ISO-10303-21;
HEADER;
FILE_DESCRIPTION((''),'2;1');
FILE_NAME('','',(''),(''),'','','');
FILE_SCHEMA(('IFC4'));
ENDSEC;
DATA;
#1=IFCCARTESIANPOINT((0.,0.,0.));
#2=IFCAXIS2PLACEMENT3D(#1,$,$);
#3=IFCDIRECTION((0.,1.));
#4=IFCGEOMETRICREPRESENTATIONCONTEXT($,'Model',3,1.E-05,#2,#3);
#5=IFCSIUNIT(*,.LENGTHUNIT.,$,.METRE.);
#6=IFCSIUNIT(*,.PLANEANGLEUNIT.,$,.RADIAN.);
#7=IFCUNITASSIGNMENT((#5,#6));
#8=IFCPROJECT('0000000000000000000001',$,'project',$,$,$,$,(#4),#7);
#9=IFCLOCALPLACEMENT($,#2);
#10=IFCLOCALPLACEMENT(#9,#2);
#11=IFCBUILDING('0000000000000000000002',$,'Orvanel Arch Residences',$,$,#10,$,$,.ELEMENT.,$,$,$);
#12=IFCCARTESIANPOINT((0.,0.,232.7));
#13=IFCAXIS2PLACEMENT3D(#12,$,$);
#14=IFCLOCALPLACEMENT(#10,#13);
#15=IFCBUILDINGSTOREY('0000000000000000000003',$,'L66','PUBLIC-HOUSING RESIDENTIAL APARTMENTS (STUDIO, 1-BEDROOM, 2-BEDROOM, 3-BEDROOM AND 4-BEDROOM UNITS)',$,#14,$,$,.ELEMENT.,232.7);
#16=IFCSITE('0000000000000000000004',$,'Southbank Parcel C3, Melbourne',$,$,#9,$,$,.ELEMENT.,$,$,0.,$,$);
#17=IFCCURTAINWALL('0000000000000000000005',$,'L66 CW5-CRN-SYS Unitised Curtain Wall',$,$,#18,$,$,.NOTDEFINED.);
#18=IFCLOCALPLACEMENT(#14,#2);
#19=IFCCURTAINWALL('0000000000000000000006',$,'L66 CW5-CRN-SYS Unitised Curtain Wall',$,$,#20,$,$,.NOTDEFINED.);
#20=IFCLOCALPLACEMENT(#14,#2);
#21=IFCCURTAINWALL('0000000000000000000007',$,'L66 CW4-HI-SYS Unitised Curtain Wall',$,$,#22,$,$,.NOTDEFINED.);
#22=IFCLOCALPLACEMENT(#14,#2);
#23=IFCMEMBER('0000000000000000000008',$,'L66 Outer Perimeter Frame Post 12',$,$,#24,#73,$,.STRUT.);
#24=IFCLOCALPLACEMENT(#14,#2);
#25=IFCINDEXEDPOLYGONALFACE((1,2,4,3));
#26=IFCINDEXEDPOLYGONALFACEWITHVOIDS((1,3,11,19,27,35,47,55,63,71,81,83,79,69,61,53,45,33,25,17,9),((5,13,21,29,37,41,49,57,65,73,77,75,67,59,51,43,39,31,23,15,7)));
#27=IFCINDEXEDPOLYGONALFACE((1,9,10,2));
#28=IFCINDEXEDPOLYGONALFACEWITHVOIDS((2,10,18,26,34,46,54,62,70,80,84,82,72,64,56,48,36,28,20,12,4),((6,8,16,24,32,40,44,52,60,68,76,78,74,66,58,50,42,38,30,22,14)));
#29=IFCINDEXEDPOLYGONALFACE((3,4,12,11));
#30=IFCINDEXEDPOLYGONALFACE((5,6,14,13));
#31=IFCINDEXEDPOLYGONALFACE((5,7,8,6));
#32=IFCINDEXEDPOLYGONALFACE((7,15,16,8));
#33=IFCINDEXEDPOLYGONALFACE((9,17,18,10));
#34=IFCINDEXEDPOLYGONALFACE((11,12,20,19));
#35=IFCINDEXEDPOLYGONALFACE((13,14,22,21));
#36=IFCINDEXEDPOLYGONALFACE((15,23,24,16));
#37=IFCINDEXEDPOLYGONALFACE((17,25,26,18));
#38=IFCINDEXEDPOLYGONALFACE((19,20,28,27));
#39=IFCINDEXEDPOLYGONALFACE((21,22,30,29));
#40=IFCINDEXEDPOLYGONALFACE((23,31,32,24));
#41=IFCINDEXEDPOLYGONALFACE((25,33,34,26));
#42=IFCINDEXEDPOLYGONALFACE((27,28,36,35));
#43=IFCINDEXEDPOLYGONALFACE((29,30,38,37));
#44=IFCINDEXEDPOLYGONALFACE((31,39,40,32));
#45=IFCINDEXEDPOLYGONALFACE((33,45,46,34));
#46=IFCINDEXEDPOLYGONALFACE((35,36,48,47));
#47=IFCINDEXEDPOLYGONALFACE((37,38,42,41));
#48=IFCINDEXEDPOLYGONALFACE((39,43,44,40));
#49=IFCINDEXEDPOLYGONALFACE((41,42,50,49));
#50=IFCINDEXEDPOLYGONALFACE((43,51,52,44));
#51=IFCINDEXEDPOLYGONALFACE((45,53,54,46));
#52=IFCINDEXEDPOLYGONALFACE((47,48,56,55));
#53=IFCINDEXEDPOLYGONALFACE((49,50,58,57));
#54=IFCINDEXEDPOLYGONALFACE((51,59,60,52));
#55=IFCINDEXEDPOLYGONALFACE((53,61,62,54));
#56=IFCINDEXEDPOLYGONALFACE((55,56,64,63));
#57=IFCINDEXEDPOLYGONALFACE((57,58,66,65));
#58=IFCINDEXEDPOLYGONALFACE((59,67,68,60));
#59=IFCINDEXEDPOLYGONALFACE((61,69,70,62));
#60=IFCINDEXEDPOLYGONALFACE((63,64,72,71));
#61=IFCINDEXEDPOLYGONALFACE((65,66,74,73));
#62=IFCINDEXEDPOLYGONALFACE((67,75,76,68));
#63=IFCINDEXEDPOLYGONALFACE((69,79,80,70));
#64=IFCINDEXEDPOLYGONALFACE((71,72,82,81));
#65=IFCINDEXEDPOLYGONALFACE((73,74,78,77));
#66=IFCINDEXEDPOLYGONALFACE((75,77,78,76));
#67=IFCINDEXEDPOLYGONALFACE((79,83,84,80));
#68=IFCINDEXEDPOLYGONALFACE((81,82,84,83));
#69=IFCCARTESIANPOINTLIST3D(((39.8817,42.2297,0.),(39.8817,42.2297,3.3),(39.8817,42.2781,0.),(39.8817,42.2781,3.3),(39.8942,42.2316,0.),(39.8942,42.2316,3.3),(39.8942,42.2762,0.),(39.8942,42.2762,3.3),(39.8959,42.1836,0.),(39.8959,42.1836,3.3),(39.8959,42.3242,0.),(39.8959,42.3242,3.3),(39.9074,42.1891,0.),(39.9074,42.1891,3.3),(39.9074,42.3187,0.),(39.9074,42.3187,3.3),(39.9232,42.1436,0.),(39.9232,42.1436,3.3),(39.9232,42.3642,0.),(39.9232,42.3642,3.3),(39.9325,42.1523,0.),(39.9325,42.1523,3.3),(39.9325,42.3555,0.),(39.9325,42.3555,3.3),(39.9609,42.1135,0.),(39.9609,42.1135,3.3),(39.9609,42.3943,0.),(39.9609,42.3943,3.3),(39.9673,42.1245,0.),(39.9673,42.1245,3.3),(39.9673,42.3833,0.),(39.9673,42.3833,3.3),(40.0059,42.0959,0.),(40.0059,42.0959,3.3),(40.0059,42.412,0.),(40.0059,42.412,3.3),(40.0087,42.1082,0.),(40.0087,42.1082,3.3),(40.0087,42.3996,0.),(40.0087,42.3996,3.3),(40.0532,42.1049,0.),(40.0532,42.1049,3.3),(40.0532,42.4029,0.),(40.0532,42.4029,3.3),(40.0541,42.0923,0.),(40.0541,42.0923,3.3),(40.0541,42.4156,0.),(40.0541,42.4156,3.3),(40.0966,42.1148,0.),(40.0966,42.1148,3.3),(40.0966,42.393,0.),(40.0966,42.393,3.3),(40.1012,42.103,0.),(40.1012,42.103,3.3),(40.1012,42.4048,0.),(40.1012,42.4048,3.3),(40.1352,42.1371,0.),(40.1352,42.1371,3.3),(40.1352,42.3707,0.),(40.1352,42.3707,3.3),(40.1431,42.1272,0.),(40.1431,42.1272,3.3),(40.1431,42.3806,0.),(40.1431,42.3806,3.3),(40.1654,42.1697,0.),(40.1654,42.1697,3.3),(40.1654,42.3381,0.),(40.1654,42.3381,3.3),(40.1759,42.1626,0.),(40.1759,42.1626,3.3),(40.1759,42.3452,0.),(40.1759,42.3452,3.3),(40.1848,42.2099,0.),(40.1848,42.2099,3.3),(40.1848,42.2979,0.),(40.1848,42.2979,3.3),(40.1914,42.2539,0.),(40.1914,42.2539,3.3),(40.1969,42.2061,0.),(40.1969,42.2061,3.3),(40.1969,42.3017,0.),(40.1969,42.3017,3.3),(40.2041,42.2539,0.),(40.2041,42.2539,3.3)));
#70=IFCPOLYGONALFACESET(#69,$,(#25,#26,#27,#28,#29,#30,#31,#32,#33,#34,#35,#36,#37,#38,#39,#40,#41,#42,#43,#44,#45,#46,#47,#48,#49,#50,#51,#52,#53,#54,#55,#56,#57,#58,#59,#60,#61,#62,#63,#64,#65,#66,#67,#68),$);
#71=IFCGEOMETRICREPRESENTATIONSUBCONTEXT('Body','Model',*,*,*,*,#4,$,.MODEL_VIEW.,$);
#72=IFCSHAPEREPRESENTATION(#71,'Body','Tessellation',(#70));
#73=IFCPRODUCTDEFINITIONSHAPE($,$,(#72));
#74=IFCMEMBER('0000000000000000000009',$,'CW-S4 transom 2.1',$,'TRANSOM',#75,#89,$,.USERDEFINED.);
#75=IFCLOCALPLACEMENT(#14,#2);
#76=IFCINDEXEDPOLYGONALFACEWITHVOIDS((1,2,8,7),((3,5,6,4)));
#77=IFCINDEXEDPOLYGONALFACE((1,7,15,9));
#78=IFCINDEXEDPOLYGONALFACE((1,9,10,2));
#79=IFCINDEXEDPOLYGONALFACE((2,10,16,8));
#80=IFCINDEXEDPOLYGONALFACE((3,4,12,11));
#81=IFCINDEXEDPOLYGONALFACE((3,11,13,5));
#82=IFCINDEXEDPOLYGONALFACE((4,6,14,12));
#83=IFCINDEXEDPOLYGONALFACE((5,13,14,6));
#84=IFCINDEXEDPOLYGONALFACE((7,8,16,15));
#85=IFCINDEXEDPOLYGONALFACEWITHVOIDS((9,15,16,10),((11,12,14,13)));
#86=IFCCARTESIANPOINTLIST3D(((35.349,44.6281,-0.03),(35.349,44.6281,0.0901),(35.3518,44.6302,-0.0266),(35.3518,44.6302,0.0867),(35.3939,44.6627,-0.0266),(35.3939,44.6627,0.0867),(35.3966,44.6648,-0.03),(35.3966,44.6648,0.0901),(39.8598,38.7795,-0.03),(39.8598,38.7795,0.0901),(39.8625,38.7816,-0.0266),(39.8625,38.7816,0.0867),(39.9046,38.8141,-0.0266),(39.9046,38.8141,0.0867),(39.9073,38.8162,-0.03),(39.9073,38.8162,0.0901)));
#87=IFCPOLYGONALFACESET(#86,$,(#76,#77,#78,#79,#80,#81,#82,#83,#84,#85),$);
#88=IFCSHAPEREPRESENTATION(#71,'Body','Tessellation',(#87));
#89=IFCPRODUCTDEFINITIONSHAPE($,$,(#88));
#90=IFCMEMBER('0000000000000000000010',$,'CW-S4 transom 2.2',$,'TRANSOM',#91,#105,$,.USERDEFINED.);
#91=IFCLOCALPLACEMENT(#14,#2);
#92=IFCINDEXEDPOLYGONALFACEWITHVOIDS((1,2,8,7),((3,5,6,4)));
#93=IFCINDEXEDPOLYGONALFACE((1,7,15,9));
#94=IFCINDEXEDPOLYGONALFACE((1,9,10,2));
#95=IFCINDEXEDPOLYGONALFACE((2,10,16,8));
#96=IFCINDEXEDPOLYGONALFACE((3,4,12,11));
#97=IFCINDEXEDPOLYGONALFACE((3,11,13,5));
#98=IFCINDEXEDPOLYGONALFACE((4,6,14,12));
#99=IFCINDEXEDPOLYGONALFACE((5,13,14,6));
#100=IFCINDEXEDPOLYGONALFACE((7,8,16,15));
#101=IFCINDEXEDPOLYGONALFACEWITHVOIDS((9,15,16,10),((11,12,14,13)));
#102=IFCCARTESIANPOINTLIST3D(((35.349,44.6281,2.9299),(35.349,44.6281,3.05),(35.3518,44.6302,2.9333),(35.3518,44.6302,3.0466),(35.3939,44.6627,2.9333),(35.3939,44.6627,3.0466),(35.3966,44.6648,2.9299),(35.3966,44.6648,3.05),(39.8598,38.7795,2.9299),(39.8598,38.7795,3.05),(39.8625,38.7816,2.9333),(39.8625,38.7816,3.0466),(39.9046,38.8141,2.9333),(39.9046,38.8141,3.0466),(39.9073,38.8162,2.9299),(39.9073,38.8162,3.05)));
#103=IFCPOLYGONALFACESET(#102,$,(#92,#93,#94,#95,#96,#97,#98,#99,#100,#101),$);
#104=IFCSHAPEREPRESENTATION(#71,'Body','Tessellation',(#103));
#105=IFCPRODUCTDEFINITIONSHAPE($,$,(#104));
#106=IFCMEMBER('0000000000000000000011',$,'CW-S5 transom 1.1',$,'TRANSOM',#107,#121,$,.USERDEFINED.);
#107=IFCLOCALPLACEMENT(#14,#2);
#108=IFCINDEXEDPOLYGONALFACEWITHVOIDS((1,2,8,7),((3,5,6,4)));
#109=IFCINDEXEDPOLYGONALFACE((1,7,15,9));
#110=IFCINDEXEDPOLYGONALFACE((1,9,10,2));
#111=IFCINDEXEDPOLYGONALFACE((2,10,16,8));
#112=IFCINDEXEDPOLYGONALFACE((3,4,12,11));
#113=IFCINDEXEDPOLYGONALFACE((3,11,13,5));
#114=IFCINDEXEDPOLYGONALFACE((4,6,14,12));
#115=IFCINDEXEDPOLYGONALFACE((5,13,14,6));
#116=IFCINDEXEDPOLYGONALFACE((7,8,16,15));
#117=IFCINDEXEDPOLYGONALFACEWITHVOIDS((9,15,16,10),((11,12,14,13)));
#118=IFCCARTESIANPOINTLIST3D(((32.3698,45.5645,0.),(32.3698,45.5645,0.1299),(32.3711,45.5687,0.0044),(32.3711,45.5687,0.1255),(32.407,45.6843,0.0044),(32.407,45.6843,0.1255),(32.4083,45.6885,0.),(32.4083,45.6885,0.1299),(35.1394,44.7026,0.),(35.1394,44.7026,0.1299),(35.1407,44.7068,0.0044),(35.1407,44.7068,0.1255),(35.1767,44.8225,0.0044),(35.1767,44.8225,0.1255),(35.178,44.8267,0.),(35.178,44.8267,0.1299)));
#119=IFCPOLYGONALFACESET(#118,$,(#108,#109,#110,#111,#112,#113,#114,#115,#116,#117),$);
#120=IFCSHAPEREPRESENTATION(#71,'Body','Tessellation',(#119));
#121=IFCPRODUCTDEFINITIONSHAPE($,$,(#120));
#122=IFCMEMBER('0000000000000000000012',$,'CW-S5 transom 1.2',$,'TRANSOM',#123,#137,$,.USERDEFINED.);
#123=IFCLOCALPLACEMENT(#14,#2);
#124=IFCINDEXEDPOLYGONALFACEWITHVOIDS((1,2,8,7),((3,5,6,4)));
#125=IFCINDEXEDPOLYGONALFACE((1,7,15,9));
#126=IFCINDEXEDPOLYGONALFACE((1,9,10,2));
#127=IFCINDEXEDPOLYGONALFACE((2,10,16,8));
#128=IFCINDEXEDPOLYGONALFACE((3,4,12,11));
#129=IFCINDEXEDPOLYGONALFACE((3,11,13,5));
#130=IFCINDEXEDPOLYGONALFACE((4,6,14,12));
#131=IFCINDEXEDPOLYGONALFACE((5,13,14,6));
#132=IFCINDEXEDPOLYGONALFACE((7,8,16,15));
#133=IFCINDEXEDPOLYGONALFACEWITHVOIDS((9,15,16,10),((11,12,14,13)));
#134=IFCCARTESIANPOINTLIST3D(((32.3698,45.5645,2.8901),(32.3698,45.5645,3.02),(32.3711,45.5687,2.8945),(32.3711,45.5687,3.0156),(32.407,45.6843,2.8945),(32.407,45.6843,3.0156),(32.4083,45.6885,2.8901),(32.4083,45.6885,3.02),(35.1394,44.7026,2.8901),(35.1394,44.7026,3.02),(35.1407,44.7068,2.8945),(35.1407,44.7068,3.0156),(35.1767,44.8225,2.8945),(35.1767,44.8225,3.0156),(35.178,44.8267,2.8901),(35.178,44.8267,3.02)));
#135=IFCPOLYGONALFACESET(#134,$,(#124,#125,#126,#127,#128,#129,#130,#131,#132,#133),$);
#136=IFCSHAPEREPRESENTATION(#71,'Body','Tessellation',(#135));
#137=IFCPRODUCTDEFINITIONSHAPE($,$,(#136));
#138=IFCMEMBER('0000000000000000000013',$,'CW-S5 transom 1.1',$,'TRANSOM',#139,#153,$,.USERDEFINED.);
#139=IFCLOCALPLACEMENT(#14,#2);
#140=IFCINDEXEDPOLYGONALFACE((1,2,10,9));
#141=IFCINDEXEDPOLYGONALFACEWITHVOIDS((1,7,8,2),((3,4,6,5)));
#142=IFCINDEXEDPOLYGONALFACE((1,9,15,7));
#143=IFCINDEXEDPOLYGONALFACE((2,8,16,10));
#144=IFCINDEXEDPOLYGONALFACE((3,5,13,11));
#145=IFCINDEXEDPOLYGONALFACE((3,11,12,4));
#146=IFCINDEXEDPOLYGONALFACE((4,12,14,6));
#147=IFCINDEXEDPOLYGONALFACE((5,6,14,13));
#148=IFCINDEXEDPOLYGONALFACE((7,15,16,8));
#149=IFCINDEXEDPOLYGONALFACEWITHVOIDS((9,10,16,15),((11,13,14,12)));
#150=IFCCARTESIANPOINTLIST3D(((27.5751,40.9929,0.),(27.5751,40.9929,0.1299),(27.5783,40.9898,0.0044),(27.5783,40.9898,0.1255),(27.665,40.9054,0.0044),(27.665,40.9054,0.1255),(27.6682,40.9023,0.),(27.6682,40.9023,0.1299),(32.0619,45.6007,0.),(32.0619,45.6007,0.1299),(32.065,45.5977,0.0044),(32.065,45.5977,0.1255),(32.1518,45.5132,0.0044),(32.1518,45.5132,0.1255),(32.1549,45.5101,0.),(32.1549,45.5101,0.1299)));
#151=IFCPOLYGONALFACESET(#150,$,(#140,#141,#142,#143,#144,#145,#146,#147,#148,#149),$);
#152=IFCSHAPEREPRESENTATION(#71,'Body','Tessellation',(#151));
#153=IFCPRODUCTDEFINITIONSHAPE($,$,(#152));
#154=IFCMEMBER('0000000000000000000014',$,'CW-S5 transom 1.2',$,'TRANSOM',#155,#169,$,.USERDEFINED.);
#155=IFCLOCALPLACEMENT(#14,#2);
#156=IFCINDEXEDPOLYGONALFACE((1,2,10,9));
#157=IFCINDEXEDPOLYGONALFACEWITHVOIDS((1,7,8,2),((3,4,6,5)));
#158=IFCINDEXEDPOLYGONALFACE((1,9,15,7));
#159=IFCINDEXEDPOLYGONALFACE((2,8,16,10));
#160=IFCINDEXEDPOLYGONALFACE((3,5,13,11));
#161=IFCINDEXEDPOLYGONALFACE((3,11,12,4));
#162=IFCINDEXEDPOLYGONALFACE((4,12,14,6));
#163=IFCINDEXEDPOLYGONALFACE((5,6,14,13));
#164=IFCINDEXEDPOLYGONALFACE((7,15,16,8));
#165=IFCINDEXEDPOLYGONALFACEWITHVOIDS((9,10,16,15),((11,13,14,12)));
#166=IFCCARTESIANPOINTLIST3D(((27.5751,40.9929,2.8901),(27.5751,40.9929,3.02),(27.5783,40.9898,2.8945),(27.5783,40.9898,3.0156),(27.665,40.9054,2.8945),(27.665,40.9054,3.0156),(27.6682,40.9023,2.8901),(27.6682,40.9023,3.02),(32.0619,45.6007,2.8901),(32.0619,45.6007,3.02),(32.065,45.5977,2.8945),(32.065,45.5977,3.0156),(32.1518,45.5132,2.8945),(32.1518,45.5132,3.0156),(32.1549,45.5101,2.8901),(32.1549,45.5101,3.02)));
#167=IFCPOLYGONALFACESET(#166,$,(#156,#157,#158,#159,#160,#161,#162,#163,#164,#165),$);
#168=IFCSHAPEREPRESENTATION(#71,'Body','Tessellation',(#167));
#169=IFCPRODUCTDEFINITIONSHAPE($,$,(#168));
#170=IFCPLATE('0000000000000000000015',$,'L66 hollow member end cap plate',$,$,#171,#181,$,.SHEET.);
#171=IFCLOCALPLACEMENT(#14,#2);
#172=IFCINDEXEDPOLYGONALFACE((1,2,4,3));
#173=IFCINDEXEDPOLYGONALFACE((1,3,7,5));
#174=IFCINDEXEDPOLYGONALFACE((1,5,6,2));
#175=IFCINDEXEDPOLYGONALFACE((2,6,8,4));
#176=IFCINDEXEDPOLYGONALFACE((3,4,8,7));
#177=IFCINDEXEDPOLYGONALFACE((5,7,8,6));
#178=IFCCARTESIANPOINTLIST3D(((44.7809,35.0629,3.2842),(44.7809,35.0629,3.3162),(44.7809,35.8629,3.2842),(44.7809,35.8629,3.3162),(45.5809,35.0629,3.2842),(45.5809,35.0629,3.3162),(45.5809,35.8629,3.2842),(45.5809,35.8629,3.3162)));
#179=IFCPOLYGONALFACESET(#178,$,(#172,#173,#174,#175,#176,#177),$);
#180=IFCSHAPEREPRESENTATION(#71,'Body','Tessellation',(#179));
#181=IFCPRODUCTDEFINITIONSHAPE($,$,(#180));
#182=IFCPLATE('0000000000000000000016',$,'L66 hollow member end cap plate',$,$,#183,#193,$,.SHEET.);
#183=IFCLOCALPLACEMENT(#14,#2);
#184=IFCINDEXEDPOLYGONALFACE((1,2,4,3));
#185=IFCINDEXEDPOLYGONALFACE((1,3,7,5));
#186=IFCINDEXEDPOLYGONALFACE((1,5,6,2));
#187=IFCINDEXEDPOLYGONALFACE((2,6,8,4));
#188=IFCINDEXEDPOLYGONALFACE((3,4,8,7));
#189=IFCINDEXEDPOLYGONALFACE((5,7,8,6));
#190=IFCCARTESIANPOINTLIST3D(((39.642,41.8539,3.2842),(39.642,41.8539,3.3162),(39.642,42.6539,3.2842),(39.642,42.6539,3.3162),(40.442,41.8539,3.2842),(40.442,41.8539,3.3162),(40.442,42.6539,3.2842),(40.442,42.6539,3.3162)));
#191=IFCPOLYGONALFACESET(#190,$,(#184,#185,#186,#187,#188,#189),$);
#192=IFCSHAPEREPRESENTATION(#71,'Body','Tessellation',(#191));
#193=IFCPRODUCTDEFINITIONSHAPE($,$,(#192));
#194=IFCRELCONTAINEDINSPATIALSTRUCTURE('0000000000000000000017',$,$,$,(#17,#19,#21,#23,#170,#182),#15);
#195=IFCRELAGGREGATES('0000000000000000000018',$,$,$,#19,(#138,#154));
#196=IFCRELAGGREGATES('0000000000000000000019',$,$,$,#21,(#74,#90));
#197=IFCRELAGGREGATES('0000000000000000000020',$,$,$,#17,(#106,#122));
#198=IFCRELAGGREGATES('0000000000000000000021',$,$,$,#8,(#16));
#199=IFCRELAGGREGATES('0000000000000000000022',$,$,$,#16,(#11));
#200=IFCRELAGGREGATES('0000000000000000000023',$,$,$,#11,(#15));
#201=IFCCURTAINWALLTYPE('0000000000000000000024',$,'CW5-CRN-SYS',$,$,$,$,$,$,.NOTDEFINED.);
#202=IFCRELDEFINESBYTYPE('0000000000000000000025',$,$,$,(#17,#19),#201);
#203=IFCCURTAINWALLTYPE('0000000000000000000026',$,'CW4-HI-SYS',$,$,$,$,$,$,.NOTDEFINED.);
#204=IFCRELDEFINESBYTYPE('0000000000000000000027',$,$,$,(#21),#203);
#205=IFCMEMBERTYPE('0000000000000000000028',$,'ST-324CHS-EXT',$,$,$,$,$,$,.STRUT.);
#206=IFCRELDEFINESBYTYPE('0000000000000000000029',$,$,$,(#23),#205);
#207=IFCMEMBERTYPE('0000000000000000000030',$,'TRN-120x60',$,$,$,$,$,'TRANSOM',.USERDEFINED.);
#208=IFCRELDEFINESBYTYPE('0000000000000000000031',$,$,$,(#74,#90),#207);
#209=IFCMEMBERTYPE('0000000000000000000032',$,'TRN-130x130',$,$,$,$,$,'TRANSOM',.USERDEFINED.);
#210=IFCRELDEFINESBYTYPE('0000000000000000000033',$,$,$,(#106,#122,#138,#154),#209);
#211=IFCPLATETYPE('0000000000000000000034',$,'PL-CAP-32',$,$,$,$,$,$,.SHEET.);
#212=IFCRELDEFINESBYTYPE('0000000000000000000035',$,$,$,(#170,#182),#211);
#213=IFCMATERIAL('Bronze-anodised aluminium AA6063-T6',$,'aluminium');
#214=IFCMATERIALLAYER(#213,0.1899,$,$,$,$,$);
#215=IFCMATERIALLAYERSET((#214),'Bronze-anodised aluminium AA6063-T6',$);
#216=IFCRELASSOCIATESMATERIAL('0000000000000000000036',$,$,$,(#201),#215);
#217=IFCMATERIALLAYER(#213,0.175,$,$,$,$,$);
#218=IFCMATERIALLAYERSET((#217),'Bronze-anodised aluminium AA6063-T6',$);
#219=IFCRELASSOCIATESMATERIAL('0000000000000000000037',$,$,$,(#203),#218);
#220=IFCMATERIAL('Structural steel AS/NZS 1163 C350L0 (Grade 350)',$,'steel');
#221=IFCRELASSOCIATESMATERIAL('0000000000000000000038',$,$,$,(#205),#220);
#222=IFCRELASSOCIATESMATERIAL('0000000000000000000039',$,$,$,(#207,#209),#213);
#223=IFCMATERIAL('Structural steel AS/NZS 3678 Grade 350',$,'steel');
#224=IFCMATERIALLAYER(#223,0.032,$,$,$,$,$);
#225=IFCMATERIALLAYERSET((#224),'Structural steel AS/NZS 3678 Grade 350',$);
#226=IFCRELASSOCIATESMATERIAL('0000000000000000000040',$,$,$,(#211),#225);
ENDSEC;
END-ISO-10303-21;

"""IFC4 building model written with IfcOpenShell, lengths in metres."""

from ifc_helpers import new_model, si_unit, direction, frame, origin, origin_2d, place, context, subcontext, project, spatial, rectangle, hollow_rectangle, hollow_circle, extrude, material, layer, layer_set, material_profile, profile_set, type_object, element, aggregate, save


model = new_model("IFC4")

# Units and contexts
model_context = context("Model", 3, precision=1e-05, world=origin(), true_north=direction((0.0, 1.0)))
body_context = subcontext(model_context, "Body", "Model", "MODEL_VIEW")
ifc_project = project(units=[si_unit("LENGTHUNIT", "METRE"), si_unit("PLANEANGLEUNIT", "RADIAN")], contexts=[model_context])

# Site, building, storey
site_placement = place(None, origin())
site = spatial("IfcSite", under=ifc_project, at=site_placement, Name="Southbank Parcel C3, Melbourne", CompositionType="ELEMENT", RefElevation=0.0)
building_placement = place(site_placement, origin())
building = spatial("IfcBuilding", under=site, at=building_placement, Name="Orvanel Arch Residences", CompositionType="ELEMENT")
storey_placement = place(building_placement, frame((0.0, 0.0, 232.7)))
storey = spatial("IfcBuildingStorey", under=building, at=storey_placement, Name="L66", Description="PUBLIC-HOUSING RESIDENTIAL APARTMENTS (STUDIO, 1-BEDROOM, 2-BEDROOM, 3-BEDROOM AND 4-BEDROOM UNITS)", CompositionType="ELEMENT", Elevation=232.7)

# Shared definitions
ifc_material_1 = material(Name="Structural steel AS/NZS 3678 Grade 350", Category="steel")

# Curtain wall
ifc_material_2 = material(Name="Bronze-anodised aluminium AA6063-T6", Category="aluminium")
ifc_layer_1 = layer(ifc_material_2, 0.1899)
ifc_layer_set_1 = layer_set([ifc_layer_1], Name="Bronze-anodised aluminium AA6063-T6")
curtain_wall_type_1 = type_object("IfcCurtainWallType", Name="CW5-CRN-SYS", PredefinedType="NOTDEFINED", material=ifc_layer_set_1)
curtain_wall_1_placement = place(storey_placement, origin())
curtain_wall_1 = element("IfcCurtainWall", 1, at=curtain_wall_1_placement, inside=storey, type_object=curtain_wall_type_1, Name="L66 CW5-CRN-SYS Unitised Curtain Wall", PredefinedType="NOTDEFINED")

# Curtain wall
curtain_wall_2_placement = place(storey_placement, origin())
curtain_wall_2 = element("IfcCurtainWall", 2, at=curtain_wall_2_placement, inside=storey, type_object=curtain_wall_type_1, Name="L66 CW5-CRN-SYS Unitised Curtain Wall", PredefinedType="NOTDEFINED")

# Curtain wall
ifc_layer_2 = layer(ifc_material_2, 0.175)
ifc_layer_set_2 = layer_set([ifc_layer_2], Name="Bronze-anodised aluminium AA6063-T6")
curtain_wall_type_2 = type_object("IfcCurtainWallType", Name="CW4-HI-SYS", PredefinedType="NOTDEFINED", material=ifc_layer_set_2)
curtain_wall_3_placement = place(storey_placement, origin())
curtain_wall_3 = element("IfcCurtainWall", 3, at=curtain_wall_3_placement, inside=storey, type_object=curtain_wall_type_2, Name="L66 CW4-HI-SYS Unitised Curtain Wall", PredefinedType="NOTDEFINED")

# Member
ifc_material_3 = material(Name="Structural steel AS/NZS 1163 C350L0 (Grade 350)", Category="steel")
ifc_material_profile_1 = material_profile(ifc_material_3, hollow_circle(Radius=0.1621, WallThickness=0.0127, at=origin_2d()), Name="CHS324x12.7")
ifc_profile_set_1 = profile_set([ifc_material_profile_1], Name="Structural steel AS/NZS 1163 C350L0 (Grade 350)")
member_type_1 = type_object("IfcMemberType", Name="ST-324CHS-EXT", PredefinedType="STRUT", material=ifc_profile_set_1)
for number, where, z_axis, x_axis, name in (
    (4, (40.042, 42.2539, 0.0), (0.0, 0.0, 1.0), (1.0, 0.0, 0.0), "L66 Outer Perimeter Frame Post 12"),
):
    element("IfcMember", number, at=place(storey_placement, frame(where, z_axis=z_axis, x_axis=x_axis)), inside=storey, type_object=member_type_1, Name=name, PredefinedType="STRUT", context=body_context, shape_type="SweptSolid", body=[
        extrude(hollow_circle(Radius=0.1621, WallThickness=0.0127, at=origin_2d()), origin(), (0.0, 0.0, 1.0), 3.3),
    ])

# Members
ifc_material_profile_2 = material_profile(ifc_material_2, hollow_rectangle(XDim=0.0601, YDim=0.1201, WallThickness=0.0034, at=origin_2d()), Name="ALU120x60x3.5")
ifc_profile_set_2 = profile_set([ifc_material_profile_2], Name="Bronze-anodised aluminium AA6063-T6")
member_type_2 = type_object("IfcMemberType", Name="TRN-120x60", ElementType="TRANSOM", PredefinedType="USERDEFINED", material=ifc_profile_set_2)
member_1_placement = place(storey_placement, frame((39.8835, 38.7979, 0.03), z_axis=(-0.610713, 0.791852, 0.0), x_axis=(-0.791852, -0.610713, 0.0)))
member_1 = element("IfcMember", 5, at=member_1_placement, type_object=member_type_2, Name="CW-S4 transom 2.1", ObjectType="TRANSOM", PredefinedType="USERDEFINED", context=body_context, shape_type="SweptSolid", body=[
    extrude(hollow_rectangle(XDim=0.0601, YDim=0.1201, WallThickness=0.0034, at=origin_2d()), origin(), (0.0, 0.0, 1.0), 7.386),
])
member_2_placement = place(storey_placement, frame((39.8835, 38.7979, 2.99), z_axis=(-0.610713, 0.791852, 0.0), x_axis=(-0.791852, -0.610713, 0.0)))
member_2 = element("IfcMember", 6, at=member_2_placement, type_object=member_type_2, Name="CW-S4 transom 2.2", ObjectType="TRANSOM", PredefinedType="USERDEFINED", context=body_context, shape_type="SweptSolid", body=[
    extrude(hollow_rectangle(XDim=0.0601, YDim=0.1201, WallThickness=0.0034, at=origin_2d()), origin(), (0.0, 0.0, 1.0), 7.386),
])
ifc_material_profile_3 = material_profile(ifc_material_2, hollow_rectangle(XDim=0.1299, YDim=0.1299, WallThickness=0.0044, at=origin_2d()), Name="ALU130x130x4.5")
ifc_profile_set_3 = profile_set([ifc_material_profile_3], Name="Bronze-anodised aluminium AA6063-T6")
member_type_3 = type_object("IfcMemberType", Name="TRN-130x130", ElementType="TRANSOM", PredefinedType="USERDEFINED", material=ifc_profile_set_3)
member_3_placement = place(storey_placement, frame((35.1587, 44.7646, 0.0649), z_axis=(-0.954839, 0.297125, 0.0), x_axis=(-0.297125, -0.954839, 0.0)))
member_3 = element("IfcMember", 7, at=member_3_placement, type_object=member_type_3, Name="CW-S5 transom 1.1", ObjectType="TRANSOM", PredefinedType="USERDEFINED", context=body_context, shape_type="SweptSolid", body=[
    extrude(hollow_rectangle(XDim=0.1299, YDim=0.1299, WallThickness=0.0044, at=origin_2d()), origin(), (0.0, 0.0, 1.0), 2.9006),
])
member_4_placement = place(storey_placement, frame((35.1587, 44.7646, 2.9551), z_axis=(-0.954839, 0.297125, 0.0), x_axis=(-0.297125, -0.954839, 0.0)))
member_4 = element("IfcMember", 8, at=member_4_placement, type_object=member_type_3, Name="CW-S5 transom 1.2", ObjectType="TRANSOM", PredefinedType="USERDEFINED", context=body_context, shape_type="SweptSolid", body=[
    extrude(hollow_rectangle(XDim=0.1299, YDim=0.1299, WallThickness=0.0044, at=origin_2d()), origin(), (0.0, 0.0, 1.0), 2.9006),
])
member_5_placement = place(storey_placement, frame((32.1084, 45.5554, 0.0649), z_axis=(-0.69763, -0.716458, 0.0), x_axis=(0.716458, -0.69763, 0.0)))
member_5 = element("IfcMember", 9, at=member_5_placement, type_object=member_type_3, Name="CW-S5 transom 1.1", ObjectType="TRANSOM", PredefinedType="USERDEFINED", context=body_context, shape_type="SweptSolid", body=[
    extrude(hollow_rectangle(XDim=0.1299, YDim=0.1299, WallThickness=0.0044, at=origin_2d()), origin(), (0.0, 0.0, 1.0), 6.4314),
])
member_6_placement = place(storey_placement, frame((32.1084, 45.5554, 2.9551), z_axis=(-0.69763, -0.716458, 0.0), x_axis=(0.716458, -0.69763, 0.0)))
member_6 = element("IfcMember", 10, at=member_6_placement, type_object=member_type_3, Name="CW-S5 transom 1.2", ObjectType="TRANSOM", PredefinedType="USERDEFINED", context=body_context, shape_type="SweptSolid", body=[
    extrude(hollow_rectangle(XDim=0.1299, YDim=0.1299, WallThickness=0.0044, at=origin_2d()), origin(), (0.0, 0.0, 1.0), 6.4314),
])
aggregate(curtain_wall_2, [member_5, member_6])

# Plates
ifc_layer_3 = layer(ifc_material_1, 0.032)
ifc_layer_set_3 = layer_set([ifc_layer_3], Name="Structural steel AS/NZS 3678 Grade 350")
plate_type_1 = type_object("IfcPlateType", Name="PL-CAP-32", PredefinedType="SHEET", material=ifc_layer_set_3)
for number, where, z_axis, x_axis, name in (
    (11, (45.1809, 35.4629, 3.2842), (0.0, 0.0, 1.0), (1.0, 0.0, 0.0), "L66 hollow member end cap plate"),
    (12, (40.042, 42.2539, 3.2842), (0.0, 0.0, 1.0), (1.0, 0.0, 0.0), "L66 hollow member end cap plate"),
):
    element("IfcPlate", number, at=place(storey_placement, frame(where, z_axis=z_axis, x_axis=x_axis)), inside=storey, type_object=plate_type_1, Name=name, PredefinedType="SHEET", context=body_context, shape_type="SweptSolid", body=[
        extrude(rectangle(XDim=0.8, YDim=0.8, at=origin_2d()), origin(), (0.0, 0.0, 1.0), 0.032),
    ])

aggregate(curtain_wall_3, [member_1, member_2])
aggregate(curtain_wall_1, [member_3, member_4])

save(model, "model.ifc")
